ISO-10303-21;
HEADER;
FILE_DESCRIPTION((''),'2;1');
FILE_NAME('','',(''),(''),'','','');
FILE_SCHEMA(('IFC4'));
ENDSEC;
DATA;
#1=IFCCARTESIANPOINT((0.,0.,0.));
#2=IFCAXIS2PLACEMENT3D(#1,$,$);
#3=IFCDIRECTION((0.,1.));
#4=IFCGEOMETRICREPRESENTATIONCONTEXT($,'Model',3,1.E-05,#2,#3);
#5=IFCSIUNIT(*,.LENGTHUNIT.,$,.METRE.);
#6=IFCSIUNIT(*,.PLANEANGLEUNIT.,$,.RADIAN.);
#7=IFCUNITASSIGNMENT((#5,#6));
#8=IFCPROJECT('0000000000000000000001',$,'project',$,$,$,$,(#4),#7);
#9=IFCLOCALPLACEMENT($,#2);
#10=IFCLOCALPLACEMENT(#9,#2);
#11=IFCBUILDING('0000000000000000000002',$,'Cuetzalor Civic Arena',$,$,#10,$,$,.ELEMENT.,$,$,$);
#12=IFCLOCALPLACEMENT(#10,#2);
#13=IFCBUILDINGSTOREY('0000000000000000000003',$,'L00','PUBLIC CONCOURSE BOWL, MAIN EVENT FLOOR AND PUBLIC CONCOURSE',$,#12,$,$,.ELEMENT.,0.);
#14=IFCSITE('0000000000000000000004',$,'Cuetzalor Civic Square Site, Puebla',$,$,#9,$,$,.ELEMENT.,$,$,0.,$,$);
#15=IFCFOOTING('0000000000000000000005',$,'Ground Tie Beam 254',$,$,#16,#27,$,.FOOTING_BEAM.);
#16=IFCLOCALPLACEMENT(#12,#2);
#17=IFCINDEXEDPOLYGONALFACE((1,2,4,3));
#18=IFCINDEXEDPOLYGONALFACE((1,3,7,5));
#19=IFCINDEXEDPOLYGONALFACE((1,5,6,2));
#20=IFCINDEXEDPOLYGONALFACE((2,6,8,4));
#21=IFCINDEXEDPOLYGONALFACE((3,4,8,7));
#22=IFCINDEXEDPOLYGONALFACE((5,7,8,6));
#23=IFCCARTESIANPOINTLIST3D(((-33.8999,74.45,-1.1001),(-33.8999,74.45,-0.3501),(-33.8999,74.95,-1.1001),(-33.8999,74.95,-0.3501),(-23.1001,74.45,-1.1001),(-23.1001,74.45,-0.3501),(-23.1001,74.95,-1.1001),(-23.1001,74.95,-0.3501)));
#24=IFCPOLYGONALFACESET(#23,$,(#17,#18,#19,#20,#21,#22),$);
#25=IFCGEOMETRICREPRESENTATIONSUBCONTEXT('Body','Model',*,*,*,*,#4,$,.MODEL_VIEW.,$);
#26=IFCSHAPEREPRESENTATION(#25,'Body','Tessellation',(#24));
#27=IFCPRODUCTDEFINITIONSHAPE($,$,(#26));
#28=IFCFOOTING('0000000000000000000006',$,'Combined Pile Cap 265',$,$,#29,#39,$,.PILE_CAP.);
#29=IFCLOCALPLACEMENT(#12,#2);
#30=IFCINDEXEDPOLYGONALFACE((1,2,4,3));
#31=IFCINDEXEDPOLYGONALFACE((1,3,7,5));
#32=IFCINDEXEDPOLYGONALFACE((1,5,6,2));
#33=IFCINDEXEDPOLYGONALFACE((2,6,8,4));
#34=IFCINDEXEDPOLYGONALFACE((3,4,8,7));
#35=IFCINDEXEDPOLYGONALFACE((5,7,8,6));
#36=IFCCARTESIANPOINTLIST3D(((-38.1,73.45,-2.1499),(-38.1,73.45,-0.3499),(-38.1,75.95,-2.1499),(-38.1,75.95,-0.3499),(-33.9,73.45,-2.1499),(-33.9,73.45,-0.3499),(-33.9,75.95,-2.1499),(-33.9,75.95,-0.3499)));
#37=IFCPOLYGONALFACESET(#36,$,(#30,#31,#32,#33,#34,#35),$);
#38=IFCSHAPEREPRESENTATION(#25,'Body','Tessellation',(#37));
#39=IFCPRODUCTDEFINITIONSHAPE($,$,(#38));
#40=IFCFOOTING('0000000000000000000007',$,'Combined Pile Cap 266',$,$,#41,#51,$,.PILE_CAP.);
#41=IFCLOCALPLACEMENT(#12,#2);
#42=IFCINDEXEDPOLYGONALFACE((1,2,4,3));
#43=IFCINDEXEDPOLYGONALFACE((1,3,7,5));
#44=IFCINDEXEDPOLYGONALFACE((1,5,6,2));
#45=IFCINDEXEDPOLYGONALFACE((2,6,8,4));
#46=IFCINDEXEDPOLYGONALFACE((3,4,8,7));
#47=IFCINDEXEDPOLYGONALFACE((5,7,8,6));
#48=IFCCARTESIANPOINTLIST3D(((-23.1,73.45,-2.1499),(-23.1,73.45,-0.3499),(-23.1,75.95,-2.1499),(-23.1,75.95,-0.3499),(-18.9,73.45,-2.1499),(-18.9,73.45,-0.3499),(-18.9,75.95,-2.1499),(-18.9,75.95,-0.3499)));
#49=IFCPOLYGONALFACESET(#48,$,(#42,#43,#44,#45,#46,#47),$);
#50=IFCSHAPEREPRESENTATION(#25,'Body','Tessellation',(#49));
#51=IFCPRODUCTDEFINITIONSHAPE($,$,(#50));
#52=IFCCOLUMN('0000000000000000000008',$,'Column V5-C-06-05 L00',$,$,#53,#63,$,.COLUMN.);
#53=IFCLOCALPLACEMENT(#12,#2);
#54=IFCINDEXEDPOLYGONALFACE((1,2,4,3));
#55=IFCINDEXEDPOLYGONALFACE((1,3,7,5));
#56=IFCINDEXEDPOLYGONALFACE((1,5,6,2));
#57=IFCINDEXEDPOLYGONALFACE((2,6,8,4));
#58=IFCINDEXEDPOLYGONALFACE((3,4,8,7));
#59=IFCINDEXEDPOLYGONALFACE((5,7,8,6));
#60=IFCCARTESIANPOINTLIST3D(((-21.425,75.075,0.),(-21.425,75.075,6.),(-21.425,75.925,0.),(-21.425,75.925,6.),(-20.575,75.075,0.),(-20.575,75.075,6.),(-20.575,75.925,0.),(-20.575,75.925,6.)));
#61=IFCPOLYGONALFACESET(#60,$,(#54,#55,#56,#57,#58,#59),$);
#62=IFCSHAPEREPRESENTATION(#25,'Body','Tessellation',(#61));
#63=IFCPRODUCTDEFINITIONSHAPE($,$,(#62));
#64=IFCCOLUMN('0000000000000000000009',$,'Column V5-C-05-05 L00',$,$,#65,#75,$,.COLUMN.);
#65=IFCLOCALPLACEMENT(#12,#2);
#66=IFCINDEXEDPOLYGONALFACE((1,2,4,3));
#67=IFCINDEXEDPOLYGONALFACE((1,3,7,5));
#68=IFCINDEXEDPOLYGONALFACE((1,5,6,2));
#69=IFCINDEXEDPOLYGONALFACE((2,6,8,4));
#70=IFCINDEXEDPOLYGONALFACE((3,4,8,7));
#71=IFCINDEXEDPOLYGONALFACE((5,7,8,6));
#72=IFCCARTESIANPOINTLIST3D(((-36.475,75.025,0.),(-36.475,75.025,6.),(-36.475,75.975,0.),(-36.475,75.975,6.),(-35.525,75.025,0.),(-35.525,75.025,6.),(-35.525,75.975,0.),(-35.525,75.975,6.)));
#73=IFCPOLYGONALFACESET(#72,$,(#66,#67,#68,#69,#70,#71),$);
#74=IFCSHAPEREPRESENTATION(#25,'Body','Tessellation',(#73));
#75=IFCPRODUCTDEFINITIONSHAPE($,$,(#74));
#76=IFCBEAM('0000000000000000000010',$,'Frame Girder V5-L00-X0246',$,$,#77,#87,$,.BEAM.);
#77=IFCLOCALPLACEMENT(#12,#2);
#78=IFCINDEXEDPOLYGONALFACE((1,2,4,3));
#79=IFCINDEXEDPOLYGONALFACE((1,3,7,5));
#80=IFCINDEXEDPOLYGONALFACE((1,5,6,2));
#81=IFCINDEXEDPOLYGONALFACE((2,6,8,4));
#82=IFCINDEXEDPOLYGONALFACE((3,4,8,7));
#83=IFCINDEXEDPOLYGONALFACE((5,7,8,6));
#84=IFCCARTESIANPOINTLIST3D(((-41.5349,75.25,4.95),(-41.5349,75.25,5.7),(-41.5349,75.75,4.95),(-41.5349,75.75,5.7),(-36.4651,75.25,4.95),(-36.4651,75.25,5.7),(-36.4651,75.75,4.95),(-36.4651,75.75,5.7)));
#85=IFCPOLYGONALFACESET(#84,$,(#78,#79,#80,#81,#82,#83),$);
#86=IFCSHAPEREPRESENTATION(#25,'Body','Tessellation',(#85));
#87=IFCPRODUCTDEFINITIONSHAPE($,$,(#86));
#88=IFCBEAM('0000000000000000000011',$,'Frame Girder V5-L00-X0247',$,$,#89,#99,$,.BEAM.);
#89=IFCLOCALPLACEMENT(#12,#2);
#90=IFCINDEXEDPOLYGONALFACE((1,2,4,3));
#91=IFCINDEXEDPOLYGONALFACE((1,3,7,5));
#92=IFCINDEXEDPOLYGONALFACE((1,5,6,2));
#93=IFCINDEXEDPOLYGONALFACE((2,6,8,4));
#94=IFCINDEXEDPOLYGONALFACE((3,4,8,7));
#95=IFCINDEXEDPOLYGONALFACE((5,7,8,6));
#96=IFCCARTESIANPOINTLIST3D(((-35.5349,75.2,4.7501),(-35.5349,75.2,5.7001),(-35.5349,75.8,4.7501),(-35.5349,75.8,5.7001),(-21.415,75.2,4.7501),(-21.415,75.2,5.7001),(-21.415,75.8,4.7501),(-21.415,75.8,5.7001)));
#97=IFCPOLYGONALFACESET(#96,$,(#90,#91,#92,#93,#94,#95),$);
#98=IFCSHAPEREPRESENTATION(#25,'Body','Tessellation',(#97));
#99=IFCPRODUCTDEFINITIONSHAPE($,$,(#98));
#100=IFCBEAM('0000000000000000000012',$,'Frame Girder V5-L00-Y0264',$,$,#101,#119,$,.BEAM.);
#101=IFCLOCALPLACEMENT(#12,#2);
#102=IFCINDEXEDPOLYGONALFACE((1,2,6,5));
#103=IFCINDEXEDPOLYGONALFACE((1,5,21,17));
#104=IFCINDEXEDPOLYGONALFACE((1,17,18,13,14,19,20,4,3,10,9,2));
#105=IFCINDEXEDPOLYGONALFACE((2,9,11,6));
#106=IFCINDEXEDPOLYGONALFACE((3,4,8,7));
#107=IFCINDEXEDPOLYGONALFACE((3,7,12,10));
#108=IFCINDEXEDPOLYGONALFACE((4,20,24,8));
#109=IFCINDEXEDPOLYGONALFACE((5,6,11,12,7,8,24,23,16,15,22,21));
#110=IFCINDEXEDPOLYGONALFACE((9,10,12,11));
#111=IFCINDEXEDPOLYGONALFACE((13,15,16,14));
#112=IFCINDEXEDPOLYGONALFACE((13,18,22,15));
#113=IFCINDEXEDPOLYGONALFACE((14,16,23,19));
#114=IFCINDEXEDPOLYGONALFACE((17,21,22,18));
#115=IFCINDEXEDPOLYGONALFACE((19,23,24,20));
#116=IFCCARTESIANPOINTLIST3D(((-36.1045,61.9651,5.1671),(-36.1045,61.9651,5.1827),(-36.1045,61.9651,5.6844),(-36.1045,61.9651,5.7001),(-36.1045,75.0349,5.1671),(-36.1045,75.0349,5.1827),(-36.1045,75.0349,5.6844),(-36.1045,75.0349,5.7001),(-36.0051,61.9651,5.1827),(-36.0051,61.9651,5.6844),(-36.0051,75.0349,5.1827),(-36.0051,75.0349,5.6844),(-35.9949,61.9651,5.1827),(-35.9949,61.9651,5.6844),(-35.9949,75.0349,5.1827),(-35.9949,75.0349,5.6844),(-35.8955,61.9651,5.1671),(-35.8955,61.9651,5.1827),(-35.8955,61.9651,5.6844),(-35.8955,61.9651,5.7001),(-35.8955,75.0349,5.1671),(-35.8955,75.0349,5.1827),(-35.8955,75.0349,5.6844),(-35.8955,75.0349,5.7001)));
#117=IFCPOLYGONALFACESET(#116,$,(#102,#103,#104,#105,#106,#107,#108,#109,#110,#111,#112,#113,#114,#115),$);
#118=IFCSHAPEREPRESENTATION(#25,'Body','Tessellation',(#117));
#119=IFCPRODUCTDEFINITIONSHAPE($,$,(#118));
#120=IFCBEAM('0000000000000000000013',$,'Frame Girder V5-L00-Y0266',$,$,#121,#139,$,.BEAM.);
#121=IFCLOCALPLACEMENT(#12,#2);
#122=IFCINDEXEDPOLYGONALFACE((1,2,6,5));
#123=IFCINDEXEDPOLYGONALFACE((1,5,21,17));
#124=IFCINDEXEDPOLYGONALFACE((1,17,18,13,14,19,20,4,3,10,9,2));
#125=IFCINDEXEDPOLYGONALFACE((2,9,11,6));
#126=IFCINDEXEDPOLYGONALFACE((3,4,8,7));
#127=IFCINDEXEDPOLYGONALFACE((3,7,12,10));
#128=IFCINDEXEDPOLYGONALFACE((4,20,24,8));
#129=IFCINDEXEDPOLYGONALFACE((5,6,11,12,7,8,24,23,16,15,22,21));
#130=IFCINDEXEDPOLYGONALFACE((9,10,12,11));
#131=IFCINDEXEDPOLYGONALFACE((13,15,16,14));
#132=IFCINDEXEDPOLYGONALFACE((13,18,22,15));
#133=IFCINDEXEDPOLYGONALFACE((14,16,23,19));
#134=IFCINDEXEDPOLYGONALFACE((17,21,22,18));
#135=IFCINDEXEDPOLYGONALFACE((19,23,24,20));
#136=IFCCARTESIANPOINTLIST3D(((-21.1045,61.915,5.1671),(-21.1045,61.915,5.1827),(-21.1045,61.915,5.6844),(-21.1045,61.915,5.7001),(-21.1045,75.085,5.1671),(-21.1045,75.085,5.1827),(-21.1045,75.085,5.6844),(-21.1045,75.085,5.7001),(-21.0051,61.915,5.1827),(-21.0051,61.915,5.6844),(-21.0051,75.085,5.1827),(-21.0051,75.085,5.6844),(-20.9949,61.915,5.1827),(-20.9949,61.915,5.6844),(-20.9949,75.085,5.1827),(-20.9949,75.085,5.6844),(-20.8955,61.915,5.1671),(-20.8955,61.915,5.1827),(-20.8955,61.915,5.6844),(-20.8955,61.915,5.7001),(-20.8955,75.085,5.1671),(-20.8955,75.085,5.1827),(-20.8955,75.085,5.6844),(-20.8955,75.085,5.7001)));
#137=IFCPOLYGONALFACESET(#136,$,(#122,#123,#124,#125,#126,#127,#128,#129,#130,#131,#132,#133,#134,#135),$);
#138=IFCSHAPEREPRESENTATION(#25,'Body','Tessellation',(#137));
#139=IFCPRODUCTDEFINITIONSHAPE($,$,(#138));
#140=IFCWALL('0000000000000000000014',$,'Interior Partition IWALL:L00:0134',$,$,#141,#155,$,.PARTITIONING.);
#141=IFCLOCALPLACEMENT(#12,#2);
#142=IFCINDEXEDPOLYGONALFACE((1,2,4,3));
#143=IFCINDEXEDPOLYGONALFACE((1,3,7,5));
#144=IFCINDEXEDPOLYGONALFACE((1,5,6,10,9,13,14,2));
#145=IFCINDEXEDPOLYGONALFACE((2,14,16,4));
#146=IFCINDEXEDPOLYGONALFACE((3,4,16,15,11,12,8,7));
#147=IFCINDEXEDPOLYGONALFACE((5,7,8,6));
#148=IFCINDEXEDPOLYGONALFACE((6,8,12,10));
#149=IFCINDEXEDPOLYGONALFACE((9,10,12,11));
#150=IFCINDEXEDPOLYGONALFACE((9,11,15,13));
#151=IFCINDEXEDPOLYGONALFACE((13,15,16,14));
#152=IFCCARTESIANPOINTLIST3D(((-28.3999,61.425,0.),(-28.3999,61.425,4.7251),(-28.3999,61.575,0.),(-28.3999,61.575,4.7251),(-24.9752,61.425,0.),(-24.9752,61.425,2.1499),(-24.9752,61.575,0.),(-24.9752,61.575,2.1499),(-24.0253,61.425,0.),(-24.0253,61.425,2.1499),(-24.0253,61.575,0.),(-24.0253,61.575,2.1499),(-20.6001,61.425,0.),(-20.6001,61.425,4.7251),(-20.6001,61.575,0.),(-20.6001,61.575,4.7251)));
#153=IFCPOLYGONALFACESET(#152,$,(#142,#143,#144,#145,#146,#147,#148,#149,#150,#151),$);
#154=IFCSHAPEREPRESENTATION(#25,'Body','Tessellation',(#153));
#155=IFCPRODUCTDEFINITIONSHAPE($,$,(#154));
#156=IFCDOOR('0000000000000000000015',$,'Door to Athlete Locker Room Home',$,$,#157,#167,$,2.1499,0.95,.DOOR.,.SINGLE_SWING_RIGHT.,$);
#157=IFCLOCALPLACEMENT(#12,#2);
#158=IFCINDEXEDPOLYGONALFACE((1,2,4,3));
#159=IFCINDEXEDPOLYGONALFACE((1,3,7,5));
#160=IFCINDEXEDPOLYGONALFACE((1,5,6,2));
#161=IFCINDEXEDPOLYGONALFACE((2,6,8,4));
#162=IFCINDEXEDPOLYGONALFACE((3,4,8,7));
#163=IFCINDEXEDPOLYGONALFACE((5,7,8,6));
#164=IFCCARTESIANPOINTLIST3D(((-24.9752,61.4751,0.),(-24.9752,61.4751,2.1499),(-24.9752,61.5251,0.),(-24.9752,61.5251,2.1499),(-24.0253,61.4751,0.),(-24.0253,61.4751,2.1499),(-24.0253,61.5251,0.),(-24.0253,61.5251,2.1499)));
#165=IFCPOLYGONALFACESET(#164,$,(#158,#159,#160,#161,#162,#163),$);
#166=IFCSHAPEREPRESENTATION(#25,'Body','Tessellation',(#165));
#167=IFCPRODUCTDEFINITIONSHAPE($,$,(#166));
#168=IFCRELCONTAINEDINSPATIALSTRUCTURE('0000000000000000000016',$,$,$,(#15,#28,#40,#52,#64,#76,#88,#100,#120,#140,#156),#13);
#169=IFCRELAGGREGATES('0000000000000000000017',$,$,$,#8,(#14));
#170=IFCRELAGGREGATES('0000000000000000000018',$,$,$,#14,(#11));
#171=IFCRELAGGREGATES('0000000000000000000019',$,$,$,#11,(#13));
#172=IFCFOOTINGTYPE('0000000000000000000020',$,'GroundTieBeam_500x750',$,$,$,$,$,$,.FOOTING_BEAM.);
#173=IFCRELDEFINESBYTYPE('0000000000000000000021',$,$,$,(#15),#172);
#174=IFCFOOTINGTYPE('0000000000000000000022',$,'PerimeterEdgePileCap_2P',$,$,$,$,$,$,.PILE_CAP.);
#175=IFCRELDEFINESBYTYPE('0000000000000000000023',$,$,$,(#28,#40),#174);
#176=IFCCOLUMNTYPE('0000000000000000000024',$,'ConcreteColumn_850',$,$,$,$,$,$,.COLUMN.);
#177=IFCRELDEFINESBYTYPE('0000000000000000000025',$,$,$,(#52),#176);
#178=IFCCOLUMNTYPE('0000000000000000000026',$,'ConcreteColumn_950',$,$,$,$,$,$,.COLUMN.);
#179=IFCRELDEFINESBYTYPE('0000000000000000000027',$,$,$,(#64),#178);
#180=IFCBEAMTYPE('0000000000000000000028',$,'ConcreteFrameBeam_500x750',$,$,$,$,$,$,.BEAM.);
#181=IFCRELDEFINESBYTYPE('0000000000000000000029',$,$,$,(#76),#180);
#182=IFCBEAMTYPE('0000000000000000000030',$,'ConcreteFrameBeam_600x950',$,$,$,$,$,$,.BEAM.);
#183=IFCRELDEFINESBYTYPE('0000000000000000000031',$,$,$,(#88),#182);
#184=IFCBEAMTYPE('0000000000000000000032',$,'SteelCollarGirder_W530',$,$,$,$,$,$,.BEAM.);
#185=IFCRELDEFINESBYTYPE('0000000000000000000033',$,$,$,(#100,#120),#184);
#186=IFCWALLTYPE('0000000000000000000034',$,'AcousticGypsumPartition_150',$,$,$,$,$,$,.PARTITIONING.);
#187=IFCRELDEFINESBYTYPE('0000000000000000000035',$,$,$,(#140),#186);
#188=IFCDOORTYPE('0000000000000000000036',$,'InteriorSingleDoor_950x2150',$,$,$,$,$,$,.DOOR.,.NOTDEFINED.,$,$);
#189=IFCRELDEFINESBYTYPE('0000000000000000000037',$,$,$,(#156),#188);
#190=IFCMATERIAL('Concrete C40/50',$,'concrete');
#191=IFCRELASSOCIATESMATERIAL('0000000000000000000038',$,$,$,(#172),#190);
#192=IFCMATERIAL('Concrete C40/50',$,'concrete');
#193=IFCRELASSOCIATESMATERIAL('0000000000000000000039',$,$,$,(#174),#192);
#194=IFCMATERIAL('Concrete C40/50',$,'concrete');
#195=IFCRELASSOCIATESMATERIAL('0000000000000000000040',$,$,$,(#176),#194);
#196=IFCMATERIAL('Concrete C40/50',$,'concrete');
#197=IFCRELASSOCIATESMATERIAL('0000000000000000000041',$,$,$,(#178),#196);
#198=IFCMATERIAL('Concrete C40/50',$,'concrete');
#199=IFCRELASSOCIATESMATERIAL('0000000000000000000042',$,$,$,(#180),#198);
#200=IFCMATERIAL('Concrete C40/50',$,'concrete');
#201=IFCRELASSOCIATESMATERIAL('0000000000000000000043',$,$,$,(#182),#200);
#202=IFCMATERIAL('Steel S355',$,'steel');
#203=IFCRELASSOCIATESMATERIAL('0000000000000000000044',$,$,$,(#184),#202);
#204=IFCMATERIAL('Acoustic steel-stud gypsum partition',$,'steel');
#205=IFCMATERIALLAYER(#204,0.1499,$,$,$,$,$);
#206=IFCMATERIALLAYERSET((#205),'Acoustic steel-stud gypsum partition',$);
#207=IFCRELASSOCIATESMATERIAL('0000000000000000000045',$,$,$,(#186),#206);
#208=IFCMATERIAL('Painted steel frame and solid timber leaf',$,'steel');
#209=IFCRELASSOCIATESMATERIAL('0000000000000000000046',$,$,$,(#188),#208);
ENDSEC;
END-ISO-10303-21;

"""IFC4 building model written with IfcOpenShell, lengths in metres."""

from ifc_helpers import new_model, si_unit, direction, frame, frame_2d, origin, origin_2d, place, context, subcontext, project, spatial, rectangle, i_section, extrude, material, layer, layer_set, material_profile, profile_set, type_object, element, fill, save


model = new_model("IFC4")

# Units and contexts
model_context = context("Model", 3, precision=1e-05, world=origin(), true_north=direction((0.0, 1.0)))
body_context = subcontext(model_context, "Body", "Model", "MODEL_VIEW")
ifc_project = project(units=[si_unit("LENGTHUNIT", "METRE"), si_unit("PLANEANGLEUNIT", "RADIAN")], contexts=[model_context])

# Site, building, storey
site_placement = place(None, origin())
site = spatial("IfcSite", under=ifc_project, at=site_placement, Name="Cuetzalor Civic Square Site, Puebla", CompositionType="ELEMENT", RefElevation=0.0)
building_placement = place(site_placement, origin())
building = spatial("IfcBuilding", under=site, at=building_placement, Name="Cuetzalor Civic Arena", CompositionType="ELEMENT")
storey_placement = place(building_placement, origin())
storey = spatial("IfcBuildingStorey", under=building, at=storey_placement, Name="L00", Description="PUBLIC CONCOURSE BOWL, MAIN EVENT FLOOR AND PUBLIC CONCOURSE", CompositionType="ELEMENT", Elevation=0.0)

# Footings
ifc_material_1 = material(Name="Concrete C40/50", Category="concrete")
ifc_material_profile_1 = material_profile(ifc_material_1, rectangle(XDim=0.5, YDim=0.75, at=origin_2d()), Name="RC 500x750")
ifc_profile_set_1 = profile_set([ifc_material_profile_1], Name="Concrete C40/50")
footing_type_1 = type_object("IfcFootingType", Name="GroundTieBeam_500x750", PredefinedType="FOOTING_BEAM", material=ifc_profile_set_1)
footing_1_placement = place(storey_placement, frame((-33.8999, 74.7, -0.7251), z_axis=(1.0, 0.0, 0.0), x_axis=(0.0, 1.0, 0.0)))
element("IfcFooting", 1, at=footing_1_placement, inside=storey, type_object=footing_type_1, Name="Ground Tie Beam 254", PredefinedType="FOOTING_BEAM", context=body_context, shape_type="SweptSolid", body=[
    extrude(rectangle(XDim=0.5, YDim=0.75, at=origin_2d()), origin(), (0.0, 0.0, 1.0), 10.7998),
])
ifc_material_2 = material(Name="Concrete C40/50", Category="concrete")
footing_type_2 = type_object("IfcFootingType", Name="PerimeterEdgePileCap_2P", PredefinedType="PILE_CAP", material=ifc_material_2)
for number, where, z_axis, x_axis, name in (
    (2, (-36.0, 74.7, -2.1499), (0.0, 0.0, 1.0), (1.0, 0.0, 0.0), "Combined Pile Cap 265"),
    (3, (-21.0, 74.7, -2.1499), (0.0, 0.0, 1.0), (1.0, 0.0, 0.0), "Combined Pile Cap 266"),
):
    element("IfcFooting", number, at=place(storey_placement, frame(where, z_axis=z_axis, x_axis=x_axis)), inside=storey, type_object=footing_type_2, Name=name, PredefinedType="PILE_CAP", context=body_context, shape_type="SweptSolid", body=[
        extrude(rectangle(XDim=4.2, YDim=2.5, at=origin_2d()), origin(), (0.0, 0.0, 1.0), 1.8),
    ])

# Columns
ifc_material_3 = material(Name="Concrete C40/50", Category="concrete")
ifc_material_profile_2 = material_profile(ifc_material_3, rectangle(XDim=0.8501, YDim=0.8501, at=origin_2d()), Name="RC 850x850")
ifc_profile_set_2 = profile_set([ifc_material_profile_2], Name="Concrete C40/50")
column_type_1 = type_object("IfcColumnType", Name="ConcreteColumn_850", PredefinedType="COLUMN", material=ifc_profile_set_2)
column_1_placement = place(storey_placement, frame((-21.0, 75.5, 0.0), z_axis=(0.0, 0.0, 1.0), x_axis=(1.0, 0.0, 0.0)))
element("IfcColumn", 4, at=column_1_placement, inside=storey, type_object=column_type_1, Name="Column V5-C-06-05 L00", PredefinedType="COLUMN", context=body_context, shape_type="SweptSolid", body=[
    extrude(rectangle(XDim=0.8501, YDim=0.8501, at=origin_2d()), origin(), (0.0, 0.0, 1.0), 6.0),
])
ifc_material_4 = material(Name="Concrete C40/50", Category="concrete")
ifc_material_profile_3 = material_profile(ifc_material_4, rectangle(XDim=0.95, YDim=0.95, at=origin_2d()), Name="RC 950x950")
ifc_profile_set_3 = profile_set([ifc_material_profile_3], Name="Concrete C40/50")
column_type_2 = type_object("IfcColumnType", Name="ConcreteColumn_950", PredefinedType="COLUMN", material=ifc_profile_set_3)
column_2_placement = place(storey_placement, frame((-36.0, 75.5, 0.0), z_axis=(0.0, 0.0, 1.0), x_axis=(1.0, 0.0, 0.0)))
element("IfcColumn", 5, at=column_2_placement, inside=storey, type_object=column_type_2, Name="Column V5-C-05-05 L00", PredefinedType="COLUMN", context=body_context, shape_type="SweptSolid", body=[
    extrude(rectangle(XDim=0.95, YDim=0.95, at=origin_2d()), origin(), (0.0, 0.0, 1.0), 6.0),
])

# Beams
ifc_material_5 = material(Name="Concrete C40/50", Category="concrete")
ifc_material_profile_4 = material_profile(ifc_material_5, rectangle(XDim=0.5, YDim=0.75, at=origin_2d()), Name="RC 500x750")
ifc_profile_set_4 = profile_set([ifc_material_profile_4], Name="Concrete C40/50")
beam_type_1 = type_object("IfcBeamType", Name="ConcreteFrameBeam_500x750", PredefinedType="BEAM", material=ifc_profile_set_4)
beam_1_placement = place(storey_placement, frame((-41.5349, 75.5, 5.325), z_axis=(1.0, 0.0, 0.0), x_axis=(0.0, 1.0, 0.0)))
element("IfcBeam", 6, at=beam_1_placement, inside=storey, type_object=beam_type_1, Name="Frame Girder V5-L00-X0246", PredefinedType="BEAM", context=body_context, shape_type="SweptSolid", body=[
    extrude(rectangle(XDim=0.5, YDim=0.75, at=origin_2d()), origin(), (0.0, 0.0, 1.0), 5.0698),
])
ifc_material_6 = material(Name="Concrete C40/50", Category="concrete")
ifc_material_profile_5 = material_profile(ifc_material_6, rectangle(XDim=0.6001, YDim=0.95, at=origin_2d()), Name="RC 600x950")
ifc_profile_set_5 = profile_set([ifc_material_profile_5], Name="Concrete C40/50")
beam_type_2 = type_object("IfcBeamType", Name="ConcreteFrameBeam_600x950", PredefinedType="BEAM", material=ifc_profile_set_5)
beam_2_placement = place(storey_placement, frame((-35.5349, 75.5, 5.2251), z_axis=(1.0, 0.0, 0.0), x_axis=(0.0, 1.0, 0.0)))
element("IfcBeam", 7, at=beam_2_placement, inside=storey, type_object=beam_type_2, Name="Frame Girder V5-L00-X0247", PredefinedType="BEAM", context=body_context, shape_type="SweptSolid", body=[
    extrude(rectangle(XDim=0.6001, YDim=0.95, at=origin_2d()), origin(), (0.0, 0.0, 1.0), 14.1199),
])
ifc_material_7 = material(Name="Steel S355", Category="steel")
ifc_material_profile_6 = material_profile(ifc_material_7, i_section(OverallWidth=0.209, OverallDepth=0.533, WebThickness=0.0103, FlangeThickness=0.0156, at=origin_2d()), Name="W530x92")
ifc_profile_set_6 = profile_set([ifc_material_profile_6], Name="Steel S355")
beam_type_3 = type_object("IfcBeamType", Name="SteelCollarGirder_W530", PredefinedType="BEAM", material=ifc_profile_set_6)
beam_3_placement = place(storey_placement, frame((-36.0, 61.9651, 5.4336), z_axis=(0.0, 1.0, 0.0), x_axis=(-1.0, 0.0, 0.0)))
element("IfcBeam", 8, at=beam_3_placement, inside=storey, type_object=beam_type_3, Name="Frame Girder V5-L00-Y0264", PredefinedType="BEAM", context=body_context, shape_type="SweptSolid", body=[
    extrude(i_section(OverallWidth=0.209, OverallDepth=0.533, WebThickness=0.0103, FlangeThickness=0.0156, at=origin_2d()), origin(), (0.0, 0.0, 1.0), 13.0698),
])
beam_4_placement = place(storey_placement, frame((-21.0, 61.915, 5.4336), z_axis=(0.0, 1.0, 0.0), x_axis=(-1.0, 0.0, 0.0)))
element("IfcBeam", 9, at=beam_4_placement, inside=storey, type_object=beam_type_3, Name="Frame Girder V5-L00-Y0266", PredefinedType="BEAM", context=body_context, shape_type="SweptSolid", body=[
    extrude(i_section(OverallWidth=0.209, OverallDepth=0.533, WebThickness=0.0103, FlangeThickness=0.0156, at=origin_2d()), origin(), (0.0, 0.0, 1.0), 13.1699),
])

# Wall, opening, door
ifc_material_8 = material(Name="Acoustic steel-stud gypsum partition", Category="steel")
ifc_layer_1 = layer(ifc_material_8, 0.1499)
ifc_layer_set_1 = layer_set([ifc_layer_1], Name="Acoustic steel-stud gypsum partition")
wall_type_1 = type_object("IfcWallType", Name="AcousticGypsumPartition_150", PredefinedType="PARTITIONING", material=ifc_layer_set_1)
wall_1_placement = place(storey_placement, frame((-20.6001, 61.5, 0.0), z_axis=(0.0, 0.0, 1.0), x_axis=(-1.0, 0.0, 0.0)))
wall_1 = element("IfcWall", 10, at=wall_1_placement, inside=storey, type_object=wall_type_1, Name="Interior Partition IWALL:L00:0134", PredefinedType="PARTITIONING", context=body_context, shape_type="SweptSolid", body=[
    extrude(rectangle(XDim=7.7998, YDim=0.1499, at=frame_2d((3.8999, 0.0))), origin(), (0.0, 0.0, 1.0), 4.7251),
])
opening_1_placement = place(wall_1_placement, frame((3.425, 0.0, 0.0)))
opening_1 = element("IfcOpeningElement", 11, at=opening_1_placement, cuts=wall_1, PredefinedType="OPENING", context=body_context, shape_type="SweptSolid", body=[
    extrude(rectangle(XDim=0.95, YDim=2.1499, at=frame_2d((0.4751, 1.075))), frame((0.0, 0.085, 0.0), z_axis=(0.0, -1.0, 0.0), x_axis=(1.0, 0.0, 0.0)), (0.0, 0.0, 1.0), 0.1699),
])
ifc_material_9 = material(Name="Painted steel frame and solid timber leaf", Category="steel")
door_type_1 = type_object("IfcDoorType", Name="InteriorSingleDoor_950x2150", OperationType="NOTDEFINED", PredefinedType="DOOR", material=ifc_material_9)
door_1_placement = place(opening_1_placement, origin())
door_1 = element("IfcDoor", 12, at=door_1_placement, inside=storey, type_object=door_type_1, Name="Door to Athlete Locker Room Home", OperationType="SINGLE_SWING_RIGHT", OverallHeight=2.1499, OverallWidth=0.95, PredefinedType="DOOR", context=body_context, shape_type="SweptSolid", body=[
    extrude(rectangle(XDim=0.95, YDim=2.1499, at=frame_2d((0.4751, 1.075))), frame((0.0, 0.0249, 0.0), z_axis=(0.0, -1.0, 0.0), x_axis=(1.0, 0.0, 0.0)), (0.0, 0.0, 1.0), 0.05),
])
fill(opening_1, door_1)

save(model, "model.ifc")
